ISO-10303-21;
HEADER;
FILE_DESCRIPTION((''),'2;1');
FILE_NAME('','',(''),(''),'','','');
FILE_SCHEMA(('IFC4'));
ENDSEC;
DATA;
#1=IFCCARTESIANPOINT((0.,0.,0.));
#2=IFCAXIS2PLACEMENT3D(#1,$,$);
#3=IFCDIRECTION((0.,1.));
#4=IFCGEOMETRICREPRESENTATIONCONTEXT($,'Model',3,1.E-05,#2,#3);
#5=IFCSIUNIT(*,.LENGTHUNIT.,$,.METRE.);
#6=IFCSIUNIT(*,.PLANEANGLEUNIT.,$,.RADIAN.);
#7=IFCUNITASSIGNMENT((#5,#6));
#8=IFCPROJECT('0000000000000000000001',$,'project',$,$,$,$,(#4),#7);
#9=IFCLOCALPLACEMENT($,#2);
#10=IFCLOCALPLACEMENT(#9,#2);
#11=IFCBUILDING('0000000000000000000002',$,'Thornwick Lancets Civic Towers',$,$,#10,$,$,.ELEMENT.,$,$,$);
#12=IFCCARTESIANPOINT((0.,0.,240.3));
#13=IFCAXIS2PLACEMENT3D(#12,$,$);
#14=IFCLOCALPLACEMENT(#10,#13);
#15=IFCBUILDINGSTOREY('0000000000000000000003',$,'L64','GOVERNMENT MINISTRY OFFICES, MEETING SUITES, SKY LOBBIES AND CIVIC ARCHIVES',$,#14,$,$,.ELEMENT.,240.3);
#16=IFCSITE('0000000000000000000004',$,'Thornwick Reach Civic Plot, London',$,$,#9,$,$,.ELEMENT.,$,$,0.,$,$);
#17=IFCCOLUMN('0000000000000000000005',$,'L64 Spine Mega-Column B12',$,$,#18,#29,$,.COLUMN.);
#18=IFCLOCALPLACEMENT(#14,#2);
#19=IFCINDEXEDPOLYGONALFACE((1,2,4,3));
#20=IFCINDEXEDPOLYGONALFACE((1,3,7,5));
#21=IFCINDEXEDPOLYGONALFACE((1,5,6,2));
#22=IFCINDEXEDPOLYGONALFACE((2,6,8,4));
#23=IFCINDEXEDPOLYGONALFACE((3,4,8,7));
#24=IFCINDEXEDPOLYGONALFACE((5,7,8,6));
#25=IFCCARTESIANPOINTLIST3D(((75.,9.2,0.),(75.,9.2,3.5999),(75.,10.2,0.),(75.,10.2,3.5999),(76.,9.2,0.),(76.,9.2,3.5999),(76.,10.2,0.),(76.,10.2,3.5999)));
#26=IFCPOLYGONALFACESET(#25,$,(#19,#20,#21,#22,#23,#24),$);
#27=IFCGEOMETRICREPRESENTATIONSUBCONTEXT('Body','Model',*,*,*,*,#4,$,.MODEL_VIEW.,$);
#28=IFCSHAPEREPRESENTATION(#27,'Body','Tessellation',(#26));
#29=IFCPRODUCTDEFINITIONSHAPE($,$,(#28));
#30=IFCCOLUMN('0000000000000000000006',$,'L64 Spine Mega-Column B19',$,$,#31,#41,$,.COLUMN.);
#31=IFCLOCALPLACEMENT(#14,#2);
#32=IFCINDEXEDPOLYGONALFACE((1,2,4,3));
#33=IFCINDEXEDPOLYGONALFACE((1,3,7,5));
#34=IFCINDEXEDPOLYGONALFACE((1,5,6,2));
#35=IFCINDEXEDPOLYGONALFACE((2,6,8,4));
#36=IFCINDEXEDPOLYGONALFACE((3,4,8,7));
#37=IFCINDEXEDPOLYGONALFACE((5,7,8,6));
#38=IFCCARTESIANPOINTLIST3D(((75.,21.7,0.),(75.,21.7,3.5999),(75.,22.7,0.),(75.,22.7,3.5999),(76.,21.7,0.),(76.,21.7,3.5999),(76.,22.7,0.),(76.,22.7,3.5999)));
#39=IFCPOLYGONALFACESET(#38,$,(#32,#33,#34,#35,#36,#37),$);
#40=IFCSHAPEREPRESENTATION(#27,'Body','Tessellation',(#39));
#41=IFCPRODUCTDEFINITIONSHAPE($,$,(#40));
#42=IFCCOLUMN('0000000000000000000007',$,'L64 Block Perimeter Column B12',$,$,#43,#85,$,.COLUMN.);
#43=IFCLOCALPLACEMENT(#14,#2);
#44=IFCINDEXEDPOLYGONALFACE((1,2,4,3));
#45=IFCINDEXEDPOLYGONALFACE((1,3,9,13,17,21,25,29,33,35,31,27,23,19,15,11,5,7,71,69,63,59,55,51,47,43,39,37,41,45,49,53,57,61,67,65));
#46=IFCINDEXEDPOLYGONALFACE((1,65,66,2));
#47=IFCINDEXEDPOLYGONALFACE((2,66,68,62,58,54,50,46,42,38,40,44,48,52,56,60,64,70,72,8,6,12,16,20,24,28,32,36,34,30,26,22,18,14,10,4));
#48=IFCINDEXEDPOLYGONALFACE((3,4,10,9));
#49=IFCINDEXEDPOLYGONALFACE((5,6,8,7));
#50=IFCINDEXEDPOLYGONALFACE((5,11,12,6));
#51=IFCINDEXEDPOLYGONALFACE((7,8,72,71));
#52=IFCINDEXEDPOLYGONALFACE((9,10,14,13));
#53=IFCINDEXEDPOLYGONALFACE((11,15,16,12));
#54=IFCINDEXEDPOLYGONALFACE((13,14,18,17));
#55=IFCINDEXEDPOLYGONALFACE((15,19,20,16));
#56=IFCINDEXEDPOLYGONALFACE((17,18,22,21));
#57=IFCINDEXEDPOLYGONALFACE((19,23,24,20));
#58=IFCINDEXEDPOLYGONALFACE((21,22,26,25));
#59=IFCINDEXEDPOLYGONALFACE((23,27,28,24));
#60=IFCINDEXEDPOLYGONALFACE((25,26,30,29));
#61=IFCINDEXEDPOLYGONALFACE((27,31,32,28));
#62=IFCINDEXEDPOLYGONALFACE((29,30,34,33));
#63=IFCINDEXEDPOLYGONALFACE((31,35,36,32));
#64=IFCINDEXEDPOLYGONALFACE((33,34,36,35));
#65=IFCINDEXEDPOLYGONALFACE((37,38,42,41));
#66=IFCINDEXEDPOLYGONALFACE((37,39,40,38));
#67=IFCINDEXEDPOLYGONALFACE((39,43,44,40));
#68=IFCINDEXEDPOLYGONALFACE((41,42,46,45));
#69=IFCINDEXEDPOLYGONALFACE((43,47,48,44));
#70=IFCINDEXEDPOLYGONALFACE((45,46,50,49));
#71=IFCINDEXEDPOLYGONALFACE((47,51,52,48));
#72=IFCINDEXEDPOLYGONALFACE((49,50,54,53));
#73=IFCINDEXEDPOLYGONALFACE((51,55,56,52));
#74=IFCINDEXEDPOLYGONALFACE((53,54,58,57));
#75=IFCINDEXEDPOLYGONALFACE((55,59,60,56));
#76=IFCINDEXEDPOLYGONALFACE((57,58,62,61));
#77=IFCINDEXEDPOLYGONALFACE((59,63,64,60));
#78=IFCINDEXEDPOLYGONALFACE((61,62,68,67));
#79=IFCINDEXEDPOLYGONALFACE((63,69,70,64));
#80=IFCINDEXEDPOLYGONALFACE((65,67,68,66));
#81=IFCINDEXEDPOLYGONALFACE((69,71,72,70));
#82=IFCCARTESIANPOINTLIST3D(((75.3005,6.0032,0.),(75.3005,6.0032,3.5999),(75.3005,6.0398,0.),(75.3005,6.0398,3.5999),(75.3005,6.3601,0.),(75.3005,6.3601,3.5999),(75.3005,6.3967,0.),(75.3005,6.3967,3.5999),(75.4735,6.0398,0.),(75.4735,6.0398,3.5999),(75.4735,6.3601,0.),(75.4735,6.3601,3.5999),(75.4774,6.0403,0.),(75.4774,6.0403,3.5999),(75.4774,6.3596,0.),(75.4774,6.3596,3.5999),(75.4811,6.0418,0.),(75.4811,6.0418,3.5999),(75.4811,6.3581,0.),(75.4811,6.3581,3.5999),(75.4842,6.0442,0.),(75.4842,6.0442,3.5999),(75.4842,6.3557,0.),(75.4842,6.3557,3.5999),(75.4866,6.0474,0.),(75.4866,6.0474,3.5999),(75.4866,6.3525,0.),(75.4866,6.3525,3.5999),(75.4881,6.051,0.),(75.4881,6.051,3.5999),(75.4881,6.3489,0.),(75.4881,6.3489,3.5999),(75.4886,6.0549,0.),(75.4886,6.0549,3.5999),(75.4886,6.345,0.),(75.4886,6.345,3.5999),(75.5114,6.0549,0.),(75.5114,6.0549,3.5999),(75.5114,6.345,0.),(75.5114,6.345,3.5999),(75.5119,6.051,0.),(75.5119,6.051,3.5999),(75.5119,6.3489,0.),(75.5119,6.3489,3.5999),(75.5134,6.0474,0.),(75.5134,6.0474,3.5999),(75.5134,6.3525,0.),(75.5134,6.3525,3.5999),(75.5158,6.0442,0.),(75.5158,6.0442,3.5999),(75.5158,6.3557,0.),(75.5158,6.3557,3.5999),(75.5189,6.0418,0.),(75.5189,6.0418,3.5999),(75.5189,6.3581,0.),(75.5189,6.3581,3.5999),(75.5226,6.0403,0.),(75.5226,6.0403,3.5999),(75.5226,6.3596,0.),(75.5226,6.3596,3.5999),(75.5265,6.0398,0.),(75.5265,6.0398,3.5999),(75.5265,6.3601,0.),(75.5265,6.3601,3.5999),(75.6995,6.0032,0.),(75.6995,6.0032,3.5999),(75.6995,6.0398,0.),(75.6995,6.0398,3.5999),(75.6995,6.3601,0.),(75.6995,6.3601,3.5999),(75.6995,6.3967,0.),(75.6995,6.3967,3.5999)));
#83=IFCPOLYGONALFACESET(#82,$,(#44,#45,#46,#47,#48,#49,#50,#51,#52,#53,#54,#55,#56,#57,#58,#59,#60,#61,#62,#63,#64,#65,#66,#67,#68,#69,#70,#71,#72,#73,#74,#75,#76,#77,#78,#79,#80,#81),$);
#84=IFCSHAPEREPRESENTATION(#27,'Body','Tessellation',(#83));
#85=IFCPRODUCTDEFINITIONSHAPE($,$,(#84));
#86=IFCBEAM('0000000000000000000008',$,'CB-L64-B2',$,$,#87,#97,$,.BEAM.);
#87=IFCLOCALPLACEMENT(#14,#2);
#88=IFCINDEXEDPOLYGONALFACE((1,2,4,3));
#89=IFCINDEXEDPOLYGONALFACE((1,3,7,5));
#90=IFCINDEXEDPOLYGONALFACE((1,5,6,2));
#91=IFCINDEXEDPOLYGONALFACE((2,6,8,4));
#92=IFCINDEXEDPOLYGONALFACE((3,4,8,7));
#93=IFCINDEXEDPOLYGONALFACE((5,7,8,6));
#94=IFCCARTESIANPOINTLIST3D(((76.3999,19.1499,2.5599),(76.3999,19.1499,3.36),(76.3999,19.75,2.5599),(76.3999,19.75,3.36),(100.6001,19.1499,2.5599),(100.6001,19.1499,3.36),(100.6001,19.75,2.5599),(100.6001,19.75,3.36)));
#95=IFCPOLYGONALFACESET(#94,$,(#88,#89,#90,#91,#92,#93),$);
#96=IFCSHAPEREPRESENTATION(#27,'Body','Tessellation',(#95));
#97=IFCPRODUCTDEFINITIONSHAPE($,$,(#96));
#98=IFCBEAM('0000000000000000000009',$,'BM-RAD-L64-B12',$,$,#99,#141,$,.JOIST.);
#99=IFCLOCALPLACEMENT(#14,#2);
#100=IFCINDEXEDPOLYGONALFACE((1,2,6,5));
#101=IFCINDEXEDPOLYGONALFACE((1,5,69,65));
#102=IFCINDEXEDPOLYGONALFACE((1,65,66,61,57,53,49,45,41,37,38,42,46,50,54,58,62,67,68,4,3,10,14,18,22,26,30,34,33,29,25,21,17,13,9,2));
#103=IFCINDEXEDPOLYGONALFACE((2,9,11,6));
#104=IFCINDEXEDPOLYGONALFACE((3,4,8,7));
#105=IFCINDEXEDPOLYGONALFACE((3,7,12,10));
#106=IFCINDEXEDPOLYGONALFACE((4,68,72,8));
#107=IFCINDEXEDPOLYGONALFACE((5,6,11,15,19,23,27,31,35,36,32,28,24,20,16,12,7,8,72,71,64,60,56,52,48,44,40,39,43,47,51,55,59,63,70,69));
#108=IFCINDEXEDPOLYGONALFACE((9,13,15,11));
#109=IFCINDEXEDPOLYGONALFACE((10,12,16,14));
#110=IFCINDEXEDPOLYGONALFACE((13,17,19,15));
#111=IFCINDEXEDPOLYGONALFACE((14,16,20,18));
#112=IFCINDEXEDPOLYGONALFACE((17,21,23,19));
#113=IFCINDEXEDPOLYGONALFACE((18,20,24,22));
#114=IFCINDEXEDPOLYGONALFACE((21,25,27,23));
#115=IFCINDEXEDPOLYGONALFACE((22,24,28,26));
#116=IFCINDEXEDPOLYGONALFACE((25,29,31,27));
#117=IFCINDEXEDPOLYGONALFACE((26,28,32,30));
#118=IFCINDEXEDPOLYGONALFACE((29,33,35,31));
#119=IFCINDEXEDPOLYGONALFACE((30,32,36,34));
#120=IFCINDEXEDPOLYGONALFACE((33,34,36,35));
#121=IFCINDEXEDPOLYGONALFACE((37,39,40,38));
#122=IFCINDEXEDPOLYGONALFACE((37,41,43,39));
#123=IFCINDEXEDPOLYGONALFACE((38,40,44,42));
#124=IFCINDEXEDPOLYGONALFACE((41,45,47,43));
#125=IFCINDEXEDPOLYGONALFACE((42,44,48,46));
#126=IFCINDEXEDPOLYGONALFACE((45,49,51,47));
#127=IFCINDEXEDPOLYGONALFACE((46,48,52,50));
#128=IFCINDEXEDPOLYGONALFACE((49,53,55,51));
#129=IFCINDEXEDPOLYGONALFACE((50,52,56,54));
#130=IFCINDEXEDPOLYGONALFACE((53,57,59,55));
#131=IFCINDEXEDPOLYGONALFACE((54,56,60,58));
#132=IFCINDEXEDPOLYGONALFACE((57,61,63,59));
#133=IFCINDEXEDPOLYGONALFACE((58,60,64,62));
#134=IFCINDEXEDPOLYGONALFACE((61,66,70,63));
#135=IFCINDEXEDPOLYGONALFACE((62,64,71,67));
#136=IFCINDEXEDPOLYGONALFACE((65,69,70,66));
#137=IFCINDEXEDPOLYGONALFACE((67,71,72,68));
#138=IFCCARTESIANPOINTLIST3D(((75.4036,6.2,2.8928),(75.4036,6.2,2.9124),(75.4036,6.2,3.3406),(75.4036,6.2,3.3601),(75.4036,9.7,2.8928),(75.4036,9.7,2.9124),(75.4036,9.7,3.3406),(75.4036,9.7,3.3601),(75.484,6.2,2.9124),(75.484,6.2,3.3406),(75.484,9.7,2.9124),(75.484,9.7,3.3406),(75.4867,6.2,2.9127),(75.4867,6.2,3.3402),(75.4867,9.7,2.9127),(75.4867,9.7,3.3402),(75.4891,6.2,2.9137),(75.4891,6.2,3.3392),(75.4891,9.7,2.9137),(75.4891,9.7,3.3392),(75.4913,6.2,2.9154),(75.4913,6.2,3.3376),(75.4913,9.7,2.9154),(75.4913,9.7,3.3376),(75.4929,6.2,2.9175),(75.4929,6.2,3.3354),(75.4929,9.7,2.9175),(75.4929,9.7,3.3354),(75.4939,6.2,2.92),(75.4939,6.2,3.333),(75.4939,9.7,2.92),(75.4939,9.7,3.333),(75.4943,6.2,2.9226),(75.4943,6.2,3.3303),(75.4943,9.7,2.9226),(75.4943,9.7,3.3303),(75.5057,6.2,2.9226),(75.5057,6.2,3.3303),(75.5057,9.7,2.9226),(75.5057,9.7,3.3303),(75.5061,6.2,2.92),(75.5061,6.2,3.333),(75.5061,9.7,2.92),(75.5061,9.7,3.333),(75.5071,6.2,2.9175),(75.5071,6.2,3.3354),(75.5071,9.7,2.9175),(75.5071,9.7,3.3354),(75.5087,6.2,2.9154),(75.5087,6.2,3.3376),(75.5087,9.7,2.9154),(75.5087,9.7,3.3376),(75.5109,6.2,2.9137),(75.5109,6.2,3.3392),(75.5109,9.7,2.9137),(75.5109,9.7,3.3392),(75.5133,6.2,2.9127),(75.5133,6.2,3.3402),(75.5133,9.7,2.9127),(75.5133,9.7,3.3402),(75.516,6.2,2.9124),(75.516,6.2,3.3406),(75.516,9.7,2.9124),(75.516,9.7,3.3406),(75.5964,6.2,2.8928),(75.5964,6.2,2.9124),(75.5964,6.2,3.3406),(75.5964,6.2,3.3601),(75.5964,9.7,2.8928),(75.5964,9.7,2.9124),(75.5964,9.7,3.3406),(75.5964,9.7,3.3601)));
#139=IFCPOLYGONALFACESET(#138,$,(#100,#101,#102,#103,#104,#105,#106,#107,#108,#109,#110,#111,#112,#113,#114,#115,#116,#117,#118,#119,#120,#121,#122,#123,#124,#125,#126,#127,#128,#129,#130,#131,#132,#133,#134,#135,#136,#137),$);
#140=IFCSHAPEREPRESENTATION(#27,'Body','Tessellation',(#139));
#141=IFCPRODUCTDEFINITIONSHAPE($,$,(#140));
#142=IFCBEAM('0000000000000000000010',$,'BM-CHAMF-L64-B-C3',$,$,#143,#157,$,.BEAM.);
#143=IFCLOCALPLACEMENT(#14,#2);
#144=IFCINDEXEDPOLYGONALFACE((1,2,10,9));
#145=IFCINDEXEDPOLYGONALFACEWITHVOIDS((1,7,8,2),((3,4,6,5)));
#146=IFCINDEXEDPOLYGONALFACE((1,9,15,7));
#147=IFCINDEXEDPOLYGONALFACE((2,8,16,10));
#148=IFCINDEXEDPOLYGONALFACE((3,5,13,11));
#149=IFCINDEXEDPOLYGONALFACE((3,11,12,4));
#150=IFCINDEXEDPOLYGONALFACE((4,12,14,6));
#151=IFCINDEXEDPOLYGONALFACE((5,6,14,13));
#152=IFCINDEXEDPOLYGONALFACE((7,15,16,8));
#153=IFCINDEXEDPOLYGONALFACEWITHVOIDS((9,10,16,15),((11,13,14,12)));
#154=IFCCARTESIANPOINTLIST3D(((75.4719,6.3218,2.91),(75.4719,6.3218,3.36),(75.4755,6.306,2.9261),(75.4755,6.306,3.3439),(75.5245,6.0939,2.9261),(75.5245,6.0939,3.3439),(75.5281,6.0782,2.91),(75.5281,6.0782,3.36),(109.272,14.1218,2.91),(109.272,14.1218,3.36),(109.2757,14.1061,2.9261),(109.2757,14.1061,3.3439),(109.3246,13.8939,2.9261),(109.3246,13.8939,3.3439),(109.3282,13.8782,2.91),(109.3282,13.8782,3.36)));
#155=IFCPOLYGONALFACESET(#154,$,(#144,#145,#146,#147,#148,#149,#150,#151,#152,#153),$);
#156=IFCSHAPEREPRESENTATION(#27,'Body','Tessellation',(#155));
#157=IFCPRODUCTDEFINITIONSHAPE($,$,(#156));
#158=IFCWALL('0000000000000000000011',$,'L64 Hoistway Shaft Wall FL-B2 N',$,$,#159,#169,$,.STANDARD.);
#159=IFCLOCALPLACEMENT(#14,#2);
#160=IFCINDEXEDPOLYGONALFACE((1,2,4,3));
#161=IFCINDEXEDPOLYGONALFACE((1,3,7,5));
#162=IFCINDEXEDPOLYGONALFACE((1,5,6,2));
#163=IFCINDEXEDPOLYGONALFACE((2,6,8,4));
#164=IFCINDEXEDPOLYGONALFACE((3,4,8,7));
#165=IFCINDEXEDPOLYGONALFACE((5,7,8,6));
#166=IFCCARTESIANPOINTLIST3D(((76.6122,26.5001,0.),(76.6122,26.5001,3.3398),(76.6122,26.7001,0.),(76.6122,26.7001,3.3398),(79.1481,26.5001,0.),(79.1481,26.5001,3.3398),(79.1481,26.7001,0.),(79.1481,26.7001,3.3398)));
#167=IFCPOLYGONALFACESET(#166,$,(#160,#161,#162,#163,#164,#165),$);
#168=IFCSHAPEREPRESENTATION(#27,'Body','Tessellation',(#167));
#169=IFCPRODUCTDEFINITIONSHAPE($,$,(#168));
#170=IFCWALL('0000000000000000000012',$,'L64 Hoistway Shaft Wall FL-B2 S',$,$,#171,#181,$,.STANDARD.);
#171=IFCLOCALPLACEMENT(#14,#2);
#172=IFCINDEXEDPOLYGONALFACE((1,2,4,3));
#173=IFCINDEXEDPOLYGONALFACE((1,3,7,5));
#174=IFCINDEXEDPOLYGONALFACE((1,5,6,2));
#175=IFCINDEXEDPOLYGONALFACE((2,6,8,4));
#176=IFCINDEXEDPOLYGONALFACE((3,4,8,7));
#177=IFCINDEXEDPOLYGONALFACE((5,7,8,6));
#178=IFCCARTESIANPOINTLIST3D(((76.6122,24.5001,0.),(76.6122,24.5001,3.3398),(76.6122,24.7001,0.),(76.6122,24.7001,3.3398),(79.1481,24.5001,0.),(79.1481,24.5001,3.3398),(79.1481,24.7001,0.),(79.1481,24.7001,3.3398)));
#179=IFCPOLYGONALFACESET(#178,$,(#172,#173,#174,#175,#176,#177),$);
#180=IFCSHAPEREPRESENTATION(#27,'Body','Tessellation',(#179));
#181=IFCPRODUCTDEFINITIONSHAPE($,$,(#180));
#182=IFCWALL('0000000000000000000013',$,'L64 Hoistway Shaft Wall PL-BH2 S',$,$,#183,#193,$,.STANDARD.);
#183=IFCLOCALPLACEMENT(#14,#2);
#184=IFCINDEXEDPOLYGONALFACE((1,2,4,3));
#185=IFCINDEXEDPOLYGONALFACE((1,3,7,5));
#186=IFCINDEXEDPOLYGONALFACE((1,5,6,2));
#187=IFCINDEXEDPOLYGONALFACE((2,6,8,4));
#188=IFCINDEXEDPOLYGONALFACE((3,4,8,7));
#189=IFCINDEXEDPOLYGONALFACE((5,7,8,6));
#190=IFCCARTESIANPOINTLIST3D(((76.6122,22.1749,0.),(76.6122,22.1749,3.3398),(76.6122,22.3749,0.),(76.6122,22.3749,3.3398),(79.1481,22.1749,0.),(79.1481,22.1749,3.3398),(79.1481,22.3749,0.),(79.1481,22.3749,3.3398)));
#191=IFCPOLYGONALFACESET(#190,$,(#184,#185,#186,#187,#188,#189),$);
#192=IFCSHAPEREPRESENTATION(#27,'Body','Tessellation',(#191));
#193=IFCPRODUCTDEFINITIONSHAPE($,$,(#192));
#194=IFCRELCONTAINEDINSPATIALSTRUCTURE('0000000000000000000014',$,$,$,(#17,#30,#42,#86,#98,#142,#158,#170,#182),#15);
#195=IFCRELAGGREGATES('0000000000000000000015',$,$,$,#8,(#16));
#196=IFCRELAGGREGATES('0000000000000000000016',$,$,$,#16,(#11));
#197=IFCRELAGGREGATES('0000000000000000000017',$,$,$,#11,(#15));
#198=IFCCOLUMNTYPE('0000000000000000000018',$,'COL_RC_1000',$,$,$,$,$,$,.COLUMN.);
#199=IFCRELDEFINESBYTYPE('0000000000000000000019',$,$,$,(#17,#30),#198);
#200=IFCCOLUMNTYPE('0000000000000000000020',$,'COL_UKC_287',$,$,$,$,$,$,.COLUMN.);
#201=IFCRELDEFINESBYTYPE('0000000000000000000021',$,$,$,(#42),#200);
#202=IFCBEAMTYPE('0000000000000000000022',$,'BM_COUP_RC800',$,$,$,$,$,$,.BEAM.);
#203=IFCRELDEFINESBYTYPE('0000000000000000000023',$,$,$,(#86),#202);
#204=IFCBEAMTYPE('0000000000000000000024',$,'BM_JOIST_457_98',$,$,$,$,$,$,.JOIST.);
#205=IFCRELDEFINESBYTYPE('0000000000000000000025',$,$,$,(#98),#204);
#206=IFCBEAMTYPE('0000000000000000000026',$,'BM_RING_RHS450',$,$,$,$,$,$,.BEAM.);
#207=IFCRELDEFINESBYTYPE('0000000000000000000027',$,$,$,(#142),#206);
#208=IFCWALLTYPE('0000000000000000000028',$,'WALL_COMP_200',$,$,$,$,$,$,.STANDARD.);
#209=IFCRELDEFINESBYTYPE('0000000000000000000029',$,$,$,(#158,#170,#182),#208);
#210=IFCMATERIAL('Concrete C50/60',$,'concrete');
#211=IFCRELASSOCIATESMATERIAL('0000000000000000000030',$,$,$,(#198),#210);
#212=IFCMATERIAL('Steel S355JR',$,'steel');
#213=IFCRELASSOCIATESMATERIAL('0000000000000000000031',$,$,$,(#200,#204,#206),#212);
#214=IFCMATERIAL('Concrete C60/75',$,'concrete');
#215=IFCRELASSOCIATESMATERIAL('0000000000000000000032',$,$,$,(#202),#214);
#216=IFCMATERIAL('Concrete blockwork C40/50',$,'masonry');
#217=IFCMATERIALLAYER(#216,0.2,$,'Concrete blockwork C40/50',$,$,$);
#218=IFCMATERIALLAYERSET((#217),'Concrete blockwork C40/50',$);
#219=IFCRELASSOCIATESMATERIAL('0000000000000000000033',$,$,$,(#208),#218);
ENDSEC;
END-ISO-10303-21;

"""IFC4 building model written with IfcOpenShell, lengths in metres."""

from ifc_helpers import new_model, si_unit, direction, frame, frame_2d, origin, origin_2d, place, context, subcontext, project, spatial, rectangle, hollow_rectangle, i_section, extrude, material, layer, layer_set, material_profile, profile_set, type_object, element, save


model = new_model("IFC4")

# Units and contexts
model_context = context("Model", 3, precision=1e-05, world=origin(), true_north=direction((0.0, 1.0)))
body_context = subcontext(model_context, "Body", "Model", "MODEL_VIEW")
ifc_project = project(units=[si_unit("LENGTHUNIT", "METRE"), si_unit("PLANEANGLEUNIT", "RADIAN")], contexts=[model_context])

# Site, building, storey
site_placement = place(None, origin())
site = spatial("IfcSite", under=ifc_project, at=site_placement, Name="Thornwick Reach Civic Plot, London", CompositionType="ELEMENT", RefElevation=0.0)
building_placement = place(site_placement, origin())
building = spatial("IfcBuilding", under=site, at=building_placement, Name="Thornwick Lancets Civic Towers", CompositionType="ELEMENT")
storey_placement = place(building_placement, frame((0.0, 0.0, 240.3)))
storey = spatial("IfcBuildingStorey", under=building, at=storey_placement, Name="L64", Description="GOVERNMENT MINISTRY OFFICES, MEETING SUITES, SKY LOBBIES AND CIVIC ARCHIVES", CompositionType="ELEMENT", Elevation=240.3)

# Columns
ifc_material_1 = material(Name="Concrete C50/60", Category="concrete")
ifc_material_profile_1 = material_profile(ifc_material_1, rectangle(XDim=1.0, YDim=1.0, at=origin_2d()), Name="RC 1000x1000")
ifc_profile_set_1 = profile_set([ifc_material_profile_1], Name="Concrete C50/60")
column_type_1 = type_object("IfcColumnType", Name="COL_RC_1000", PredefinedType="COLUMN", material=ifc_profile_set_1)
for number, where, z_axis, x_axis, name in (
    (1, (75.5, 9.7, 0.0), (0.0, 0.0, 1.0), (1.0, 0.0, 0.0), "L64 Spine Mega-Column B12"),
    (2, (75.5, 22.2, 0.0), (0.0, 0.0, 1.0), (1.0, 0.0, 0.0), "L64 Spine Mega-Column B19"),
):
    element("IfcColumn", number, at=place(storey_placement, frame(where, z_axis=z_axis, x_axis=x_axis)), inside=storey, type_object=column_type_1, Name=name, PredefinedType="COLUMN", context=body_context, shape_type="SweptSolid", body=[
        extrude(rectangle(XDim=1.0, YDim=1.0, at=origin_2d()), origin(), (0.0, 0.0, 1.0), 3.5999),
    ])
ifc_material_2 = material(Name="Steel S355JR", Category="steel")
ifc_material_profile_2 = material_profile(ifc_material_2, i_section(OverallWidth=0.3989, OverallDepth=0.3936, WebThickness=0.0227, FlangeThickness=0.0366, FilletRadius=0.0151, at=origin_2d()), Name="UKC 356x406x287")
ifc_profile_set_2 = profile_set([ifc_material_profile_2], Name="Steel S355JR")
column_type_2 = type_object("IfcColumnType", Name="COL_UKC_287", PredefinedType="COLUMN", material=ifc_profile_set_2)
column_placement = place(storey_placement, frame((75.5, 6.2, 0.0), z_axis=(0.0, 0.0, 1.0), x_axis=(1.0, 0.0, 0.0)))
element("IfcColumn", 3, at=column_placement, inside=storey, type_object=column_type_2, Name="L64 Block Perimeter Column B12", PredefinedType="COLUMN", context=body_context, shape_type="SweptSolid", body=[
    extrude(i_section(OverallWidth=0.3989, OverallDepth=0.3936, WebThickness=0.0227, FlangeThickness=0.0366, FilletRadius=0.0151, at=origin_2d()), origin(), (0.0, 0.0, 1.0), 3.5999),
])

# Beams
ifc_material_3 = material(Name="Concrete C60/75", Category="concrete")
ifc_material_profile_3 = material_profile(ifc_material_3, rectangle(XDim=0.6001, YDim=0.8, at=origin_2d()), Name="RC 600x800")
ifc_profile_set_3 = profile_set([ifc_material_profile_3], Name="Concrete C60/75")
beam_type_1 = type_object("IfcBeamType", Name="BM_COUP_RC800", PredefinedType="BEAM", material=ifc_profile_set_3)
beam_1_placement = place(storey_placement, frame((76.3999, 19.45, 2.96), z_axis=(1.0, 0.0, 0.0), x_axis=(0.0, 1.0, 0.0)))
element("IfcBeam", 4, at=beam_1_placement, inside=storey, type_object=beam_type_1, Name="CB-L64-B2", PredefinedType="BEAM", context=body_context, shape_type="SweptSolid", body=[
    extrude(rectangle(XDim=0.6001, YDim=0.8, at=origin_2d()), origin(), (0.0, 0.0, 1.0), 24.2002),
])
ifc_material_profile_4 = material_profile(ifc_material_2, i_section(OverallWidth=0.1929, OverallDepth=0.4673, WebThickness=0.0115, FlangeThickness=0.0195, FilletRadius=0.0103, at=origin_2d()), Name="UKB 457x191x98")
ifc_profile_set_4 = profile_set([ifc_material_profile_4], Name="Steel S355JR")
beam_type_2 = type_object("IfcBeamType", Name="BM_JOIST_457_98", PredefinedType="JOIST", material=ifc_profile_set_4)
beam_2_placement = place(storey_placement, frame((75.5, 9.7, 3.1265), z_axis=(0.0, -1.0, 0.0), x_axis=(1.0, 0.0, 0.0)))
element("IfcBeam", 5, at=beam_2_placement, inside=storey, type_object=beam_type_2, Name="BM-RAD-L64-B12", PredefinedType="JOIST", context=body_context, shape_type="SweptSolid", body=[
    extrude(i_section(OverallWidth=0.1929, OverallDepth=0.4673, WebThickness=0.0115, FlangeThickness=0.0195, FilletRadius=0.0103, at=origin_2d()), origin(), (0.0, 0.0, 1.0), 3.5),
])
ifc_material_profile_5 = material_profile(ifc_material_2, hollow_rectangle(XDim=0.25, YDim=0.45, WallThickness=0.0161, at=origin_2d()), Name="RHS 450x250x16")
ifc_profile_set_5 = profile_set([ifc_material_profile_5], Name="Steel S355JR")
beam_type_3 = type_object("IfcBeamType", Name="BM_RING_RHS450", PredefinedType="BEAM", material=ifc_profile_set_5)
beam_3_placement = place(storey_placement, frame((75.5, 6.2, 3.135), z_axis=(0.974391, 0.224861, 0.0), x_axis=(-0.224861, 0.974391, 0.0)))
element("IfcBeam", 6, at=beam_3_placement, inside=storey, type_object=beam_type_3, Name="BM-CHAMF-L64-B-C3", PredefinedType="BEAM", context=body_context, shape_type="SweptSolid", body=[
    extrude(hollow_rectangle(XDim=0.25, YDim=0.45, WallThickness=0.0161, at=origin_2d()), origin(), (0.0, 0.0, 1.0), 34.6885),
])

# Walls
ifc_material_4 = material(Name="Concrete blockwork C40/50", Category="masonry")
ifc_layer_1 = layer(ifc_material_4, 0.2, Name="Concrete blockwork C40/50")
ifc_layer_set_1 = layer_set([ifc_layer_1], Name="Concrete blockwork C40/50")
wall_type_1 = type_object("IfcWallType", Name="WALL_COMP_200", PredefinedType="STANDARD", material=ifc_layer_set_1)
for number, where, z_axis, x_axis, name in (
    (7, (76.6121, 26.6001, 0.0), (0.0, 0.0, 1.0), (1.0, 0.0, 0.0), "L64 Hoistway Shaft Wall FL-B2 N"),
    (8, (76.6121, 24.6001, 0.0), (0.0, 0.0, 1.0), (1.0, 0.0, 0.0), "L64 Hoistway Shaft Wall FL-B2 S"),
    (9, (76.6121, 22.2749, 0.0), (0.0, 0.0, 1.0), (1.0, 0.0, 0.0), "L64 Hoistway Shaft Wall PL-BH2 S"),
):
    element("IfcWall", number, at=place(storey_placement, frame(where, z_axis=z_axis, x_axis=x_axis)), inside=storey, type_object=wall_type_1, Name=name, PredefinedType="STANDARD", context=body_context, shape_type="SweptSolid", body=[
        extrude(rectangle(XDim=2.5359, YDim=0.2, at=frame_2d((1.2681, 0.0))), origin(), (0.0, 0.0, 1.0), 3.3398),
    ])

save(model, "model.ifc")
